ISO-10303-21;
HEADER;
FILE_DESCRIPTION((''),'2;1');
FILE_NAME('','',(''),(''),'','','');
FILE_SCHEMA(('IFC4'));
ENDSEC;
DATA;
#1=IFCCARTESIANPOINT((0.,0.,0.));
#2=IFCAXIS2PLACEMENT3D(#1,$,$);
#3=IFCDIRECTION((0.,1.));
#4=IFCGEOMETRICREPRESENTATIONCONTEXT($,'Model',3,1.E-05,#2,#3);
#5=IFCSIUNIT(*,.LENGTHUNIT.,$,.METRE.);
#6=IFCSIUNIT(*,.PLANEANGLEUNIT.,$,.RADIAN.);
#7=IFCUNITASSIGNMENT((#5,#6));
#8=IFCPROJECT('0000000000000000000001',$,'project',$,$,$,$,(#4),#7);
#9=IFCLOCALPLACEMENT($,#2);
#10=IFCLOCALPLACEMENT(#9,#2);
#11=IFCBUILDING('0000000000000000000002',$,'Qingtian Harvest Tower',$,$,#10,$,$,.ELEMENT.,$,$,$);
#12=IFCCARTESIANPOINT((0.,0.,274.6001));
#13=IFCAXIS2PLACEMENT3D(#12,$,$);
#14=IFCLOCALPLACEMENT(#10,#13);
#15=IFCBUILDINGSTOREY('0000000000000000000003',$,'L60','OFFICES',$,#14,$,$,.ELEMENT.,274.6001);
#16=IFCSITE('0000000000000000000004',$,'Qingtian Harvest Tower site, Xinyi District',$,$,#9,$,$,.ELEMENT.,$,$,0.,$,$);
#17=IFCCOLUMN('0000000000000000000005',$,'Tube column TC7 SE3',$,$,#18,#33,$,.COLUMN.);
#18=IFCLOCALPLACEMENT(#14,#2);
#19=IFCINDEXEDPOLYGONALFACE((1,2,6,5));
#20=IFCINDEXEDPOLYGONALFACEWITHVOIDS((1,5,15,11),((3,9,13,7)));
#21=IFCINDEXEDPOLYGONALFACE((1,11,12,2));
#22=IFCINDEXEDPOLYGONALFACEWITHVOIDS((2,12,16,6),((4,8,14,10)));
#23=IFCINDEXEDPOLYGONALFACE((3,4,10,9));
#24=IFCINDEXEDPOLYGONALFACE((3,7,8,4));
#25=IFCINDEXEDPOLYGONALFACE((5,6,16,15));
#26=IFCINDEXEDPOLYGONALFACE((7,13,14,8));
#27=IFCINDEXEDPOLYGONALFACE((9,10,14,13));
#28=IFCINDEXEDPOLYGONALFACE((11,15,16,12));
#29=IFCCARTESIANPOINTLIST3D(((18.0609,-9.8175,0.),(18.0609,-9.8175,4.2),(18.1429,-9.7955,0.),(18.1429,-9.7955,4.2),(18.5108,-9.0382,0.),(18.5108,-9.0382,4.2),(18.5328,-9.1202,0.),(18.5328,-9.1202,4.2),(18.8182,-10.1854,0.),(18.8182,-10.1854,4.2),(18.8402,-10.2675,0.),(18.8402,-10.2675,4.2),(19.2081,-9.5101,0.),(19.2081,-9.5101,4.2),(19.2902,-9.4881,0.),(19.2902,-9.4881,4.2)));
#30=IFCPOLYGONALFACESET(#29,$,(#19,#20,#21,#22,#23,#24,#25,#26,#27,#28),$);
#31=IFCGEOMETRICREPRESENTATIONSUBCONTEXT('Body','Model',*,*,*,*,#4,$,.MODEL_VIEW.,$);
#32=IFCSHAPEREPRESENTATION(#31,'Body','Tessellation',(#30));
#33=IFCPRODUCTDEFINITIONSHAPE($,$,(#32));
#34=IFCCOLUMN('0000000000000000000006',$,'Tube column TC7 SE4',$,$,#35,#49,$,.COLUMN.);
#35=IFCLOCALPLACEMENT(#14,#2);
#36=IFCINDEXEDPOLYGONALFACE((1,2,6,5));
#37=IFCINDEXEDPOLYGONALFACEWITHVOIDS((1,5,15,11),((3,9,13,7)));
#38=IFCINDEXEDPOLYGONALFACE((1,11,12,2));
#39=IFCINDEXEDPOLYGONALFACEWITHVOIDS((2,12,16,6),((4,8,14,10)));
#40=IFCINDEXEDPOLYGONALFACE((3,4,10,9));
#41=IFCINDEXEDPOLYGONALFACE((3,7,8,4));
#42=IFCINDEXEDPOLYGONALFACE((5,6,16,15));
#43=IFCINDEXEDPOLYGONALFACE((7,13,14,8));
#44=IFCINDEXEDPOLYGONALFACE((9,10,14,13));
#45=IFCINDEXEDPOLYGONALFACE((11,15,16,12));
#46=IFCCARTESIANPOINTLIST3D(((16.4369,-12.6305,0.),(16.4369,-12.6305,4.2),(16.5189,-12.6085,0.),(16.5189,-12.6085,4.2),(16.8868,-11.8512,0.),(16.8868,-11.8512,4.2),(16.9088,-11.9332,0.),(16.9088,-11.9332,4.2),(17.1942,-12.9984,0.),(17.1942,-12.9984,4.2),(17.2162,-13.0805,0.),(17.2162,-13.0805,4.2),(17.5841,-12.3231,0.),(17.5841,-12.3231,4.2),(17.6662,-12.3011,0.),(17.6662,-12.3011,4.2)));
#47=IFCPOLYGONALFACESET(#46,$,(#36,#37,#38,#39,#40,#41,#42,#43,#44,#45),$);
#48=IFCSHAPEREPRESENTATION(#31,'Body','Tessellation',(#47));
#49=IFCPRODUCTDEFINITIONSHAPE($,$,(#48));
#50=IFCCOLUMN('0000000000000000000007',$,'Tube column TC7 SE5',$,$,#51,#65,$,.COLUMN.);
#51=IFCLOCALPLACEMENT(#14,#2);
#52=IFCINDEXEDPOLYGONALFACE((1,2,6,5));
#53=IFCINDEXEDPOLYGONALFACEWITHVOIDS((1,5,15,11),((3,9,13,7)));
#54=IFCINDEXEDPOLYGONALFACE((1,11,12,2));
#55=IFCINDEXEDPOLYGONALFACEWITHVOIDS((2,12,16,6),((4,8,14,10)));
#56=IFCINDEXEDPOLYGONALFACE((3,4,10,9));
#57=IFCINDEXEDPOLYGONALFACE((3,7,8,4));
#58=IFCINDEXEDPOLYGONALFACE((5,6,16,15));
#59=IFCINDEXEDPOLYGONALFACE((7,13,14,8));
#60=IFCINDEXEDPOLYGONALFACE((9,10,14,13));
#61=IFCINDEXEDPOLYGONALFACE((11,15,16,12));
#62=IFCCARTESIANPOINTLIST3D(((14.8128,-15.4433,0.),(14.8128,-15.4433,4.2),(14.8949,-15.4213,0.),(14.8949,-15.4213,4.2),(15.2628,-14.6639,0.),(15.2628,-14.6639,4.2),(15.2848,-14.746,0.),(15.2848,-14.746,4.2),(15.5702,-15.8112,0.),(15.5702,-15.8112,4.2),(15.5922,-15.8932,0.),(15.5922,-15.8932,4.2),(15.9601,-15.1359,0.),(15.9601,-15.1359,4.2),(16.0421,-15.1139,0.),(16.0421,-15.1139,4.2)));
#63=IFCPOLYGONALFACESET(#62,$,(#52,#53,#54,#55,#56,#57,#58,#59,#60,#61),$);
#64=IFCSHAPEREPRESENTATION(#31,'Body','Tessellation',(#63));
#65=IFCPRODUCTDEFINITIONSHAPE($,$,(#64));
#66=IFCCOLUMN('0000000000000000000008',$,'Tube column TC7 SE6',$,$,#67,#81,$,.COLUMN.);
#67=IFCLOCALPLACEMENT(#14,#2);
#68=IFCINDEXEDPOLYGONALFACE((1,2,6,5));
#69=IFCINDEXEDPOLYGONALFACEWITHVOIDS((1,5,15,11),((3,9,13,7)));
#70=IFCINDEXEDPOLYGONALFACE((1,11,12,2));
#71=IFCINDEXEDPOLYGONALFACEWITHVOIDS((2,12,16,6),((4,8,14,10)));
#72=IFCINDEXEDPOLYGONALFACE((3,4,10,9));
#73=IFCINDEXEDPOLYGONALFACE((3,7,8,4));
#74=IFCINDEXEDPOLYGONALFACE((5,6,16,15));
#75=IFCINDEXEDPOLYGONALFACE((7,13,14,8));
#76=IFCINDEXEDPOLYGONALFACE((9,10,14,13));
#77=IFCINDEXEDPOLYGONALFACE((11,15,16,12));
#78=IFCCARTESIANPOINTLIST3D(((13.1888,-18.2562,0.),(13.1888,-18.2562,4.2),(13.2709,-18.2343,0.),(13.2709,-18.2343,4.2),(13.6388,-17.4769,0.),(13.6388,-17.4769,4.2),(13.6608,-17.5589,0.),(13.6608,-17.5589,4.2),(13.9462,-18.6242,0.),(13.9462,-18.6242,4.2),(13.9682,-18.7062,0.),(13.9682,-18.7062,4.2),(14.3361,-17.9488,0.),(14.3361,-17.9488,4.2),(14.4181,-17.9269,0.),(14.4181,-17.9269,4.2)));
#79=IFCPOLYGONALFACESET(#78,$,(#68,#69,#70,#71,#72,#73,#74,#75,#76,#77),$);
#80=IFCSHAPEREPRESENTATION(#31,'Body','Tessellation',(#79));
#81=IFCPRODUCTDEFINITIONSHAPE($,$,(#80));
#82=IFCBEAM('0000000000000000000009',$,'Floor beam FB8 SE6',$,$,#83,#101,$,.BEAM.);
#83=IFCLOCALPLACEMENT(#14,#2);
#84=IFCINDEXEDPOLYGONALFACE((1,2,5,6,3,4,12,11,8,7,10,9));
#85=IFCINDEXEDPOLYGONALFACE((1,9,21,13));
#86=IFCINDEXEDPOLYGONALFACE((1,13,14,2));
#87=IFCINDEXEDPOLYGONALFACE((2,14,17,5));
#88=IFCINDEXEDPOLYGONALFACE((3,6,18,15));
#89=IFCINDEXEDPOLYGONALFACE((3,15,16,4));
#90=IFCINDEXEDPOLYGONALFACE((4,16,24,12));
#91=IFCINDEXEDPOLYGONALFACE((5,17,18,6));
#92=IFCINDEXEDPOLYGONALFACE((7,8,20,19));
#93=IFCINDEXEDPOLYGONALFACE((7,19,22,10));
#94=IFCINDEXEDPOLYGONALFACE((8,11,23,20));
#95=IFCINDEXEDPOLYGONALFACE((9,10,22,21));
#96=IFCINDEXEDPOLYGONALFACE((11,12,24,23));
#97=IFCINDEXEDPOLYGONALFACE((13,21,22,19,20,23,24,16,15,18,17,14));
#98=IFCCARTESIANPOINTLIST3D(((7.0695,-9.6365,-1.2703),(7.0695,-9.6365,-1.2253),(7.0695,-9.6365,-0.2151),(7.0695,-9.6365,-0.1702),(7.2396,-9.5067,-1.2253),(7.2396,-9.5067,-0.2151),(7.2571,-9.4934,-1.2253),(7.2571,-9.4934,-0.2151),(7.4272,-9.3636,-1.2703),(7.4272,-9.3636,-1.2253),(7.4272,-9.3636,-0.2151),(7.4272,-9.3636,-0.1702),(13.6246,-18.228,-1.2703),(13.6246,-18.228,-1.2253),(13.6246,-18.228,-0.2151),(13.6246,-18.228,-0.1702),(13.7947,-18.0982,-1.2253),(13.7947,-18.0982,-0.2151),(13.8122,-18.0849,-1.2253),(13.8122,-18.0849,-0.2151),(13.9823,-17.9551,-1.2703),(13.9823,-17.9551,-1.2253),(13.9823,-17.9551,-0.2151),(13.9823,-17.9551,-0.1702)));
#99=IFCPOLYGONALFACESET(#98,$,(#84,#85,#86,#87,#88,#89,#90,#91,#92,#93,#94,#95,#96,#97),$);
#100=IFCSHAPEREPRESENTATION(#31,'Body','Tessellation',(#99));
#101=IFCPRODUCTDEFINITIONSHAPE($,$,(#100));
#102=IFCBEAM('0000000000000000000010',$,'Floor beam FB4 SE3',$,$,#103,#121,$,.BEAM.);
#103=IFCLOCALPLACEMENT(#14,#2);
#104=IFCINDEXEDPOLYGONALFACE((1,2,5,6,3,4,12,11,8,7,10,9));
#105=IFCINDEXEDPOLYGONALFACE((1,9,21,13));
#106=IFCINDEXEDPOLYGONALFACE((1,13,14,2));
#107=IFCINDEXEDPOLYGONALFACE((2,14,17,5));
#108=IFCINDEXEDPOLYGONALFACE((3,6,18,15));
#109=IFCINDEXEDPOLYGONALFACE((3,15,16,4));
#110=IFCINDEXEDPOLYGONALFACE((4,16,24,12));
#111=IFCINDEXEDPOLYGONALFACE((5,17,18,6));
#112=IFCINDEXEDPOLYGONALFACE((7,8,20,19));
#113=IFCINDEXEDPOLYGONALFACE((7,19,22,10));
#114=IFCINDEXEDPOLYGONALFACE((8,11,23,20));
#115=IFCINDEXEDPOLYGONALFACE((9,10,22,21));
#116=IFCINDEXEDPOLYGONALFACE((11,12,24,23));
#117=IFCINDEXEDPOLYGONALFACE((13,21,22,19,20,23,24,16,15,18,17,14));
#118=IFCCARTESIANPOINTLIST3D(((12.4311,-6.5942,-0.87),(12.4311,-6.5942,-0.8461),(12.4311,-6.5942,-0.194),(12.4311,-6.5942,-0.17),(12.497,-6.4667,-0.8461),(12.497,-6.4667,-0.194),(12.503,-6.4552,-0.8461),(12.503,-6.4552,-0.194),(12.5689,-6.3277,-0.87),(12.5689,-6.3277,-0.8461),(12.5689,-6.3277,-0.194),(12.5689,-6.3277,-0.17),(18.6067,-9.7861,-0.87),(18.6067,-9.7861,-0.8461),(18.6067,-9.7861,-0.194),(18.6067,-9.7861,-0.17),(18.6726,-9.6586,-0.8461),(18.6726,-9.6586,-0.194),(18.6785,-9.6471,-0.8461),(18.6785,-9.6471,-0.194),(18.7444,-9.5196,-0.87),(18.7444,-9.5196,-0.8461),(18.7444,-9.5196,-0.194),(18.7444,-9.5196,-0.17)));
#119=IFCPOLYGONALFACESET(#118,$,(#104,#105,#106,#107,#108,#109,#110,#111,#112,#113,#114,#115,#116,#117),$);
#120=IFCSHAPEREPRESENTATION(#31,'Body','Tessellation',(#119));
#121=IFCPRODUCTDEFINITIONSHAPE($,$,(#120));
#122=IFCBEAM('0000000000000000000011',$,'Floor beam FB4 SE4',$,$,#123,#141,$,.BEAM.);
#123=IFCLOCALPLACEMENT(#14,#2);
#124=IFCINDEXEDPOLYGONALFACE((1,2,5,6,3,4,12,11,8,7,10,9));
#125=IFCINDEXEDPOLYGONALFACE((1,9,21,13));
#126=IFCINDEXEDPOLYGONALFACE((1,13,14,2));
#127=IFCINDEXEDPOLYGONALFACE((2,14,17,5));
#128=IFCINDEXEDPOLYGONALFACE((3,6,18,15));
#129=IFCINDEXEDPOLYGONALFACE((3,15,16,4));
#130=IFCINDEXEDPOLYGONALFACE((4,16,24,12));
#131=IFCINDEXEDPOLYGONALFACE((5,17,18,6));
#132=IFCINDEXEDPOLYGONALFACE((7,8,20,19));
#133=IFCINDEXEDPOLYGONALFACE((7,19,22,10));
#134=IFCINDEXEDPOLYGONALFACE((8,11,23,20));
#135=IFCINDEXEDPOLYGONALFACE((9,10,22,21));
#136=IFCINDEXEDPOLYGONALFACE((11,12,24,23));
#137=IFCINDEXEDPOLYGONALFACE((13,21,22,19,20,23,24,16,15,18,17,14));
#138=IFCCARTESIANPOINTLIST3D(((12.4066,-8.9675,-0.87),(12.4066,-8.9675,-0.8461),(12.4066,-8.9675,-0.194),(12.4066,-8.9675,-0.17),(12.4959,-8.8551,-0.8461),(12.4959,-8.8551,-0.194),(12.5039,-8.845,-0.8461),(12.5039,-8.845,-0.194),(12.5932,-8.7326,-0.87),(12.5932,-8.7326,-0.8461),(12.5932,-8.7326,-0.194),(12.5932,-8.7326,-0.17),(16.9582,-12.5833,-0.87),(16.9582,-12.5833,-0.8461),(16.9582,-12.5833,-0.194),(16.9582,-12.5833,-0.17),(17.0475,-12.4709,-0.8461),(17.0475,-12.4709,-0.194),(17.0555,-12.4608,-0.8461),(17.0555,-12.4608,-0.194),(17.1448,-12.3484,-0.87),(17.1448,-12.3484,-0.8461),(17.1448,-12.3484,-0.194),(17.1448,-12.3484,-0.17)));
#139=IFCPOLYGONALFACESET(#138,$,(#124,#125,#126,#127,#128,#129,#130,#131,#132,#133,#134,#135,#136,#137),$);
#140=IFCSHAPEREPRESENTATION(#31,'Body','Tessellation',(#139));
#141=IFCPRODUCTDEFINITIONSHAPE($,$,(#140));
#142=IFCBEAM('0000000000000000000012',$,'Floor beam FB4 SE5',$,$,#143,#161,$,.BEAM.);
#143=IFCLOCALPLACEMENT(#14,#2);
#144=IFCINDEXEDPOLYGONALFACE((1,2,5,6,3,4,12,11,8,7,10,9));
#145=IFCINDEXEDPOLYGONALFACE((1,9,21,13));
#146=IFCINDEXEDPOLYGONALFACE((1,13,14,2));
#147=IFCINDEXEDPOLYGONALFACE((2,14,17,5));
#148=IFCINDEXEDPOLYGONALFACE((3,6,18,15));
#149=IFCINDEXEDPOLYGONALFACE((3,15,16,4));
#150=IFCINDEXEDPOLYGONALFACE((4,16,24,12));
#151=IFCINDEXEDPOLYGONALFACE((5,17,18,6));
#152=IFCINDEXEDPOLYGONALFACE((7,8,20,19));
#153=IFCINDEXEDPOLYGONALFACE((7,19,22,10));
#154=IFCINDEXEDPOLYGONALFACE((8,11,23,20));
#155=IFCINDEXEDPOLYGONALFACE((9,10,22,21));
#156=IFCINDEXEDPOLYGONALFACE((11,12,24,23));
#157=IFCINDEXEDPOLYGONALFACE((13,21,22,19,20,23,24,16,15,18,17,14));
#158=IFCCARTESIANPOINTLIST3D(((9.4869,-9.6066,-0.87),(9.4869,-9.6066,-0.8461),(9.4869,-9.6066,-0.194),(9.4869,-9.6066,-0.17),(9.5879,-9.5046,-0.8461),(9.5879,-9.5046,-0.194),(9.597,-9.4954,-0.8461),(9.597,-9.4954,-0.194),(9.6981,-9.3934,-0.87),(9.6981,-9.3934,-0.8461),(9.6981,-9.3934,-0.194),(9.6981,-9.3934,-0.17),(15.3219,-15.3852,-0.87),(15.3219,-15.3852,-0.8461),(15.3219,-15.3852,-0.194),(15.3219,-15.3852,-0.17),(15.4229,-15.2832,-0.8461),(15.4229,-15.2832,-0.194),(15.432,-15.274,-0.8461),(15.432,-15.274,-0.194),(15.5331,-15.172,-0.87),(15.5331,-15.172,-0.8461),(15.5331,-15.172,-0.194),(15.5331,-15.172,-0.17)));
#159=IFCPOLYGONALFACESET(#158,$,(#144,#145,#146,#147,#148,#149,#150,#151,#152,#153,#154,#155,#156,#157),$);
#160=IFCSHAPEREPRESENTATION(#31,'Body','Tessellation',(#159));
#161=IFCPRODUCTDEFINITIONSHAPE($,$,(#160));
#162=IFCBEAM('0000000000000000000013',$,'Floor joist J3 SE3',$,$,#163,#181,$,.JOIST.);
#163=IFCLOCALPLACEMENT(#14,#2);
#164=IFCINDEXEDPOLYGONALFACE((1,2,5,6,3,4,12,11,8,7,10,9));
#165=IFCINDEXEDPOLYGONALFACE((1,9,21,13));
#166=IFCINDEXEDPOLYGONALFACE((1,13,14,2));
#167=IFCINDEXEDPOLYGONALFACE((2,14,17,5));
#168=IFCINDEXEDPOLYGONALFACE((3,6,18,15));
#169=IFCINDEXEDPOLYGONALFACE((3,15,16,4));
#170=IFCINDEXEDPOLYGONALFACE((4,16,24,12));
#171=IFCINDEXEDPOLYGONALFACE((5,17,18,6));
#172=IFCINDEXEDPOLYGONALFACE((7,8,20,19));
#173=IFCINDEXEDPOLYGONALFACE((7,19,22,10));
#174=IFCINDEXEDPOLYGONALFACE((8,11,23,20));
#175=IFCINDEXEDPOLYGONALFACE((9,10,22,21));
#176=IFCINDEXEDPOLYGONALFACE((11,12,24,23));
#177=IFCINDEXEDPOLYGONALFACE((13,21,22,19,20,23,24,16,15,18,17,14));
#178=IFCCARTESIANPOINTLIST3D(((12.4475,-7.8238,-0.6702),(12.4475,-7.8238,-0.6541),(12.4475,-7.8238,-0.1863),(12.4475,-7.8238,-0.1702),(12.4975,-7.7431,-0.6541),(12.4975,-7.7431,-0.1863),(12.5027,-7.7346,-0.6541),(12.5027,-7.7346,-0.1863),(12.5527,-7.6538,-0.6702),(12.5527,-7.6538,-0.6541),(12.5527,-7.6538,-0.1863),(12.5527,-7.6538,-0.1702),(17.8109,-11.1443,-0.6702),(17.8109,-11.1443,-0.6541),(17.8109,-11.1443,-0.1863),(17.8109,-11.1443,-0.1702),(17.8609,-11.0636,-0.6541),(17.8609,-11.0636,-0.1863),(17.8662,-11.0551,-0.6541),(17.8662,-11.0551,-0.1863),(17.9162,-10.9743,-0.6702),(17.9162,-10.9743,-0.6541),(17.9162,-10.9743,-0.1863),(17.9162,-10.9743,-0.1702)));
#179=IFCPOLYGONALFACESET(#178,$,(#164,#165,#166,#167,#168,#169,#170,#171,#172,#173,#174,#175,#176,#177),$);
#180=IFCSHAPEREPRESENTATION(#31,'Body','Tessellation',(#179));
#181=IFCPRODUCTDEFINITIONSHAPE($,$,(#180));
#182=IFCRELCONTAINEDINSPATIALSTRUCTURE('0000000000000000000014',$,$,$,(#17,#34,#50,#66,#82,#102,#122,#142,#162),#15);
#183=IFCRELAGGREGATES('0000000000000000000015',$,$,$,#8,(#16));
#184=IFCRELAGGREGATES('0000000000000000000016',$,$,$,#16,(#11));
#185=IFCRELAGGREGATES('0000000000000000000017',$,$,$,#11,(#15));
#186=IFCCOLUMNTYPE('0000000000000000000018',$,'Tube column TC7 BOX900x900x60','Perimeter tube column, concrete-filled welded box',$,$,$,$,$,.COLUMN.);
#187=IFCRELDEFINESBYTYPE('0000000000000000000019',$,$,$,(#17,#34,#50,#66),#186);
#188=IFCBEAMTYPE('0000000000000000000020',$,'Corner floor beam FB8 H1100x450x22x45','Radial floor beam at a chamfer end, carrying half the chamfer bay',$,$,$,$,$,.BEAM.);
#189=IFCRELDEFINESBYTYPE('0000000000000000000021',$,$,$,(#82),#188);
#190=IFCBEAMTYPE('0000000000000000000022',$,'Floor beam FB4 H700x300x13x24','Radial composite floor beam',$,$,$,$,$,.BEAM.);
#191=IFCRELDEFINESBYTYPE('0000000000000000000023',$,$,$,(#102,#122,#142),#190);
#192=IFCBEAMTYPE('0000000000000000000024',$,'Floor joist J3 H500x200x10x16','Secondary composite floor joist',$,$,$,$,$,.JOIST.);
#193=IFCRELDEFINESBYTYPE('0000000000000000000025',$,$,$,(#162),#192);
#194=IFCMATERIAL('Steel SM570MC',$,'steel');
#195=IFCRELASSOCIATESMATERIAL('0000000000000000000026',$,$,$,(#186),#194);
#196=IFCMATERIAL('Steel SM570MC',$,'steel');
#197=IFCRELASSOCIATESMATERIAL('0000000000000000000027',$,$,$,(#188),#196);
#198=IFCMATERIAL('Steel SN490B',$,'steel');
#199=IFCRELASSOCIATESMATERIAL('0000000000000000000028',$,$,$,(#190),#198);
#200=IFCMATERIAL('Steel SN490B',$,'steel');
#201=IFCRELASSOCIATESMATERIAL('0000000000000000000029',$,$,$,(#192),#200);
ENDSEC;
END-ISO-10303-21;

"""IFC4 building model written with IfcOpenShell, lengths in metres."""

from ifc_helpers import new_model, si_unit, direction, frame, origin, origin_2d, place, context, subcontext, project, spatial, hollow_rectangle, i_section, extrude, material, material_profile, profile_set, type_object, element, save


model = new_model("IFC4")

# Units and contexts
model_context = context("Model", 3, precision=1e-05, world=origin(), true_north=direction((0.0, 1.0)))
body_context = subcontext(model_context, "Body", "Model", "MODEL_VIEW")
ifc_project = project(units=[si_unit("LENGTHUNIT", "METRE"), si_unit("PLANEANGLEUNIT", "RADIAN")], contexts=[model_context])

# Site, building, storey
site_placement = place(None, origin())
site = spatial("IfcSite", under=ifc_project, at=site_placement, Name="Qingtian Harvest Tower site, Xinyi District", CompositionType="ELEMENT", RefElevation=0.0)
building_placement = place(site_placement, origin())
building = spatial("IfcBuilding", under=site, at=building_placement, Name="Qingtian Harvest Tower", CompositionType="ELEMENT")
storey_placement = place(building_placement, frame((0.0, 0.0, 274.6001)))
storey = spatial("IfcBuildingStorey", under=building, at=storey_placement, Name="L60", Description="OFFICES", CompositionType="ELEMENT", Elevation=274.6001)

# Columns
ifc_material_1 = material(Name="Steel SM570MC", Category="steel")
ifc_material_profile_1 = material_profile(ifc_material_1, hollow_rectangle(XDim=0.8999, YDim=0.8999, WallThickness=0.0601, at=origin_2d()), Name="BOX900x900x60")
ifc_profile_set_1 = profile_set([ifc_material_profile_1], Name="Steel SM570MC")
column_type = type_object("IfcColumnType", Name="Tube column TC7 BOX900x900x60", Description="Perimeter tube column, concrete-filled welded box", PredefinedType="COLUMN", material=ifc_profile_set_1)
for number, where, z_axis, x_axis, name in (
    (1, (18.6755, -9.6528, 0.0), (0.0, 0.0, 1.0), (0.5, 0.866025, 0.0), "Tube column TC7 SE3"),
    (2, (17.0515, -12.4658, 0.0), (0.0, 0.0, 1.0), (0.5, 0.866025, 0.0), "Tube column TC7 SE4"),
    (3, (15.4275, -15.2786, 0.0), (0.0, 0.0, 1.0), (0.5, 0.866025, 0.0), "Tube column TC7 SE5"),
    (4, (13.8035, -18.0916, 0.0), (0.0, 0.0, 1.0), (0.5, 0.866025, 0.0), "Tube column TC7 SE6"),
):
    element("IfcColumn", number, at=place(storey_placement, frame(where, z_axis=z_axis, x_axis=x_axis)), inside=storey, type_object=column_type, Name=name, PredefinedType="COLUMN", context=body_context, shape_type="SweptSolid", body=[
        extrude(hollow_rectangle(XDim=0.8999, YDim=0.8999, WallThickness=0.0601, at=origin_2d()), origin(), (0.0, 0.0, 1.0), 4.2),
    ])

# Beams
ifc_material_2 = material(Name="Steel SM570MC", Category="steel")
ifc_material_profile_2 = material_profile(ifc_material_2, i_section(OverallWidth=0.45, OverallDepth=1.1001, WebThickness=0.022, FlangeThickness=0.0449, at=origin_2d()), Name="H1100x450x22x45")
ifc_profile_set_2 = profile_set([ifc_material_profile_2], Name="Steel SM570MC")
beam_type_1 = type_object("IfcBeamType", Name="Corner floor beam FB8 H1100x450x22x45", Description="Radial floor beam at a chamfer end, carrying half the chamfer bay", PredefinedType="BEAM", material=ifc_profile_set_2)
beam_1_placement = place(storey_placement, frame((13.8035, -18.0916, -0.7202), z_axis=(-0.606584, 0.79502, 0.0), x_axis=(-0.79502, -0.606584, 0.0)))
element("IfcBeam", 5, at=beam_1_placement, inside=storey, type_object=beam_type_1, Name="Floor beam FB8 SE6", PredefinedType="BEAM", context=body_context, shape_type="SweptSolid", body=[
    extrude(i_section(OverallWidth=0.45, OverallDepth=1.1001, WebThickness=0.022, FlangeThickness=0.0449, at=origin_2d()), origin(), (0.0, 0.0, 1.0), 10.8066),
])
ifc_material_3 = material(Name="Steel SN490B", Category="steel")
ifc_material_profile_3 = material_profile(ifc_material_3, i_section(OverallWidth=0.3, OverallDepth=0.7, WebThickness=0.0129, FlangeThickness=0.0239, at=origin_2d()), Name="H700x300x13x24")
ifc_profile_set_3 = profile_set([ifc_material_profile_3], Name="Steel SN490B")
beam_type_2 = type_object("IfcBeamType", Name="Floor beam FB4 H700x300x13x24", Description="Radial composite floor beam", PredefinedType="BEAM", material=ifc_profile_set_3)
beam_2_placement = place(storey_placement, frame((18.6755, -9.6528, -0.52), z_axis=(-0.888355, 0.459156, 0.0), x_axis=(-0.459156, -0.888355, 0.0)))
element("IfcBeam", 6, at=beam_2_placement, inside=storey, type_object=beam_type_2, Name="Floor beam FB4 SE3", PredefinedType="BEAM", context=body_context, shape_type="SweptSolid", body=[
    extrude(i_section(OverallWidth=0.3, OverallDepth=0.7, WebThickness=0.0129, FlangeThickness=0.0239, at=origin_2d()), origin(), (0.0, 0.0, 1.0), 6.9517),
])
beam_3_placement = place(storey_placement, frame((17.0515, -12.4658, -0.52), z_axis=(-0.783003, 0.622018, 0.0), x_axis=(-0.622018, -0.783003, 0.0)))
element("IfcBeam", 7, at=beam_3_placement, inside=storey, type_object=beam_type_2, Name="Floor beam FB4 SE4", PredefinedType="BEAM", context=body_context, shape_type="SweptSolid", body=[
    extrude(i_section(OverallWidth=0.3, OverallDepth=0.7, WebThickness=0.0129, FlangeThickness=0.0239, at=origin_2d()), origin(), (0.0, 0.0, 1.0), 5.813),
])
beam_4_placement = place(storey_placement, frame((15.4275, -15.2786, -0.52), z_axis=(-0.710532, 0.703665, 0.0), x_axis=(-0.703665, -0.710532, 0.0)))
element("IfcBeam", 8, at=beam_4_placement, inside=storey, type_object=beam_type_2, Name="Floor beam FB4 SE5", PredefinedType="BEAM", context=body_context, shape_type="SweptSolid", body=[
    extrude(i_section(OverallWidth=0.3, OverallDepth=0.7, WebThickness=0.0129, FlangeThickness=0.0239, at=origin_2d()), origin(), (0.0, 0.0, 1.0), 8.2122),
])
ifc_material_4 = material(Name="Steel SN490B", Category="steel")
ifc_material_profile_4 = material_profile(ifc_material_4, i_section(OverallWidth=0.2, OverallDepth=0.5, WebThickness=0.01, FlangeThickness=0.0161, at=origin_2d()), Name="H500x200x10x16")
ifc_profile_set_4 = profile_set([ifc_material_profile_4], Name="Steel SN490B")
beam_type_3 = type_object("IfcBeamType", Name="Floor joist J3 H500x200x10x16", Description="Secondary composite floor joist", PredefinedType="JOIST", material=ifc_profile_set_4)
beam_5_placement = place(storey_placement, frame((17.8635, -11.0593, -0.4202), z_axis=(-0.850245, 0.526387, 0.0), x_axis=(-0.526387, -0.850245, 0.0)))
element("IfcBeam", 9, at=beam_5_placement, inside=storey, type_object=beam_type_3, Name="Floor joist J3 SE3", PredefinedType="JOIST", context=body_context, shape_type="SweptSolid", body=[
    extrude(i_section(OverallWidth=0.2, OverallDepth=0.5, WebThickness=0.01, FlangeThickness=0.0161, at=origin_2d()), origin(), (0.0, 0.0, 1.0), 6.3081),
])

save(model, "model.ifc")
